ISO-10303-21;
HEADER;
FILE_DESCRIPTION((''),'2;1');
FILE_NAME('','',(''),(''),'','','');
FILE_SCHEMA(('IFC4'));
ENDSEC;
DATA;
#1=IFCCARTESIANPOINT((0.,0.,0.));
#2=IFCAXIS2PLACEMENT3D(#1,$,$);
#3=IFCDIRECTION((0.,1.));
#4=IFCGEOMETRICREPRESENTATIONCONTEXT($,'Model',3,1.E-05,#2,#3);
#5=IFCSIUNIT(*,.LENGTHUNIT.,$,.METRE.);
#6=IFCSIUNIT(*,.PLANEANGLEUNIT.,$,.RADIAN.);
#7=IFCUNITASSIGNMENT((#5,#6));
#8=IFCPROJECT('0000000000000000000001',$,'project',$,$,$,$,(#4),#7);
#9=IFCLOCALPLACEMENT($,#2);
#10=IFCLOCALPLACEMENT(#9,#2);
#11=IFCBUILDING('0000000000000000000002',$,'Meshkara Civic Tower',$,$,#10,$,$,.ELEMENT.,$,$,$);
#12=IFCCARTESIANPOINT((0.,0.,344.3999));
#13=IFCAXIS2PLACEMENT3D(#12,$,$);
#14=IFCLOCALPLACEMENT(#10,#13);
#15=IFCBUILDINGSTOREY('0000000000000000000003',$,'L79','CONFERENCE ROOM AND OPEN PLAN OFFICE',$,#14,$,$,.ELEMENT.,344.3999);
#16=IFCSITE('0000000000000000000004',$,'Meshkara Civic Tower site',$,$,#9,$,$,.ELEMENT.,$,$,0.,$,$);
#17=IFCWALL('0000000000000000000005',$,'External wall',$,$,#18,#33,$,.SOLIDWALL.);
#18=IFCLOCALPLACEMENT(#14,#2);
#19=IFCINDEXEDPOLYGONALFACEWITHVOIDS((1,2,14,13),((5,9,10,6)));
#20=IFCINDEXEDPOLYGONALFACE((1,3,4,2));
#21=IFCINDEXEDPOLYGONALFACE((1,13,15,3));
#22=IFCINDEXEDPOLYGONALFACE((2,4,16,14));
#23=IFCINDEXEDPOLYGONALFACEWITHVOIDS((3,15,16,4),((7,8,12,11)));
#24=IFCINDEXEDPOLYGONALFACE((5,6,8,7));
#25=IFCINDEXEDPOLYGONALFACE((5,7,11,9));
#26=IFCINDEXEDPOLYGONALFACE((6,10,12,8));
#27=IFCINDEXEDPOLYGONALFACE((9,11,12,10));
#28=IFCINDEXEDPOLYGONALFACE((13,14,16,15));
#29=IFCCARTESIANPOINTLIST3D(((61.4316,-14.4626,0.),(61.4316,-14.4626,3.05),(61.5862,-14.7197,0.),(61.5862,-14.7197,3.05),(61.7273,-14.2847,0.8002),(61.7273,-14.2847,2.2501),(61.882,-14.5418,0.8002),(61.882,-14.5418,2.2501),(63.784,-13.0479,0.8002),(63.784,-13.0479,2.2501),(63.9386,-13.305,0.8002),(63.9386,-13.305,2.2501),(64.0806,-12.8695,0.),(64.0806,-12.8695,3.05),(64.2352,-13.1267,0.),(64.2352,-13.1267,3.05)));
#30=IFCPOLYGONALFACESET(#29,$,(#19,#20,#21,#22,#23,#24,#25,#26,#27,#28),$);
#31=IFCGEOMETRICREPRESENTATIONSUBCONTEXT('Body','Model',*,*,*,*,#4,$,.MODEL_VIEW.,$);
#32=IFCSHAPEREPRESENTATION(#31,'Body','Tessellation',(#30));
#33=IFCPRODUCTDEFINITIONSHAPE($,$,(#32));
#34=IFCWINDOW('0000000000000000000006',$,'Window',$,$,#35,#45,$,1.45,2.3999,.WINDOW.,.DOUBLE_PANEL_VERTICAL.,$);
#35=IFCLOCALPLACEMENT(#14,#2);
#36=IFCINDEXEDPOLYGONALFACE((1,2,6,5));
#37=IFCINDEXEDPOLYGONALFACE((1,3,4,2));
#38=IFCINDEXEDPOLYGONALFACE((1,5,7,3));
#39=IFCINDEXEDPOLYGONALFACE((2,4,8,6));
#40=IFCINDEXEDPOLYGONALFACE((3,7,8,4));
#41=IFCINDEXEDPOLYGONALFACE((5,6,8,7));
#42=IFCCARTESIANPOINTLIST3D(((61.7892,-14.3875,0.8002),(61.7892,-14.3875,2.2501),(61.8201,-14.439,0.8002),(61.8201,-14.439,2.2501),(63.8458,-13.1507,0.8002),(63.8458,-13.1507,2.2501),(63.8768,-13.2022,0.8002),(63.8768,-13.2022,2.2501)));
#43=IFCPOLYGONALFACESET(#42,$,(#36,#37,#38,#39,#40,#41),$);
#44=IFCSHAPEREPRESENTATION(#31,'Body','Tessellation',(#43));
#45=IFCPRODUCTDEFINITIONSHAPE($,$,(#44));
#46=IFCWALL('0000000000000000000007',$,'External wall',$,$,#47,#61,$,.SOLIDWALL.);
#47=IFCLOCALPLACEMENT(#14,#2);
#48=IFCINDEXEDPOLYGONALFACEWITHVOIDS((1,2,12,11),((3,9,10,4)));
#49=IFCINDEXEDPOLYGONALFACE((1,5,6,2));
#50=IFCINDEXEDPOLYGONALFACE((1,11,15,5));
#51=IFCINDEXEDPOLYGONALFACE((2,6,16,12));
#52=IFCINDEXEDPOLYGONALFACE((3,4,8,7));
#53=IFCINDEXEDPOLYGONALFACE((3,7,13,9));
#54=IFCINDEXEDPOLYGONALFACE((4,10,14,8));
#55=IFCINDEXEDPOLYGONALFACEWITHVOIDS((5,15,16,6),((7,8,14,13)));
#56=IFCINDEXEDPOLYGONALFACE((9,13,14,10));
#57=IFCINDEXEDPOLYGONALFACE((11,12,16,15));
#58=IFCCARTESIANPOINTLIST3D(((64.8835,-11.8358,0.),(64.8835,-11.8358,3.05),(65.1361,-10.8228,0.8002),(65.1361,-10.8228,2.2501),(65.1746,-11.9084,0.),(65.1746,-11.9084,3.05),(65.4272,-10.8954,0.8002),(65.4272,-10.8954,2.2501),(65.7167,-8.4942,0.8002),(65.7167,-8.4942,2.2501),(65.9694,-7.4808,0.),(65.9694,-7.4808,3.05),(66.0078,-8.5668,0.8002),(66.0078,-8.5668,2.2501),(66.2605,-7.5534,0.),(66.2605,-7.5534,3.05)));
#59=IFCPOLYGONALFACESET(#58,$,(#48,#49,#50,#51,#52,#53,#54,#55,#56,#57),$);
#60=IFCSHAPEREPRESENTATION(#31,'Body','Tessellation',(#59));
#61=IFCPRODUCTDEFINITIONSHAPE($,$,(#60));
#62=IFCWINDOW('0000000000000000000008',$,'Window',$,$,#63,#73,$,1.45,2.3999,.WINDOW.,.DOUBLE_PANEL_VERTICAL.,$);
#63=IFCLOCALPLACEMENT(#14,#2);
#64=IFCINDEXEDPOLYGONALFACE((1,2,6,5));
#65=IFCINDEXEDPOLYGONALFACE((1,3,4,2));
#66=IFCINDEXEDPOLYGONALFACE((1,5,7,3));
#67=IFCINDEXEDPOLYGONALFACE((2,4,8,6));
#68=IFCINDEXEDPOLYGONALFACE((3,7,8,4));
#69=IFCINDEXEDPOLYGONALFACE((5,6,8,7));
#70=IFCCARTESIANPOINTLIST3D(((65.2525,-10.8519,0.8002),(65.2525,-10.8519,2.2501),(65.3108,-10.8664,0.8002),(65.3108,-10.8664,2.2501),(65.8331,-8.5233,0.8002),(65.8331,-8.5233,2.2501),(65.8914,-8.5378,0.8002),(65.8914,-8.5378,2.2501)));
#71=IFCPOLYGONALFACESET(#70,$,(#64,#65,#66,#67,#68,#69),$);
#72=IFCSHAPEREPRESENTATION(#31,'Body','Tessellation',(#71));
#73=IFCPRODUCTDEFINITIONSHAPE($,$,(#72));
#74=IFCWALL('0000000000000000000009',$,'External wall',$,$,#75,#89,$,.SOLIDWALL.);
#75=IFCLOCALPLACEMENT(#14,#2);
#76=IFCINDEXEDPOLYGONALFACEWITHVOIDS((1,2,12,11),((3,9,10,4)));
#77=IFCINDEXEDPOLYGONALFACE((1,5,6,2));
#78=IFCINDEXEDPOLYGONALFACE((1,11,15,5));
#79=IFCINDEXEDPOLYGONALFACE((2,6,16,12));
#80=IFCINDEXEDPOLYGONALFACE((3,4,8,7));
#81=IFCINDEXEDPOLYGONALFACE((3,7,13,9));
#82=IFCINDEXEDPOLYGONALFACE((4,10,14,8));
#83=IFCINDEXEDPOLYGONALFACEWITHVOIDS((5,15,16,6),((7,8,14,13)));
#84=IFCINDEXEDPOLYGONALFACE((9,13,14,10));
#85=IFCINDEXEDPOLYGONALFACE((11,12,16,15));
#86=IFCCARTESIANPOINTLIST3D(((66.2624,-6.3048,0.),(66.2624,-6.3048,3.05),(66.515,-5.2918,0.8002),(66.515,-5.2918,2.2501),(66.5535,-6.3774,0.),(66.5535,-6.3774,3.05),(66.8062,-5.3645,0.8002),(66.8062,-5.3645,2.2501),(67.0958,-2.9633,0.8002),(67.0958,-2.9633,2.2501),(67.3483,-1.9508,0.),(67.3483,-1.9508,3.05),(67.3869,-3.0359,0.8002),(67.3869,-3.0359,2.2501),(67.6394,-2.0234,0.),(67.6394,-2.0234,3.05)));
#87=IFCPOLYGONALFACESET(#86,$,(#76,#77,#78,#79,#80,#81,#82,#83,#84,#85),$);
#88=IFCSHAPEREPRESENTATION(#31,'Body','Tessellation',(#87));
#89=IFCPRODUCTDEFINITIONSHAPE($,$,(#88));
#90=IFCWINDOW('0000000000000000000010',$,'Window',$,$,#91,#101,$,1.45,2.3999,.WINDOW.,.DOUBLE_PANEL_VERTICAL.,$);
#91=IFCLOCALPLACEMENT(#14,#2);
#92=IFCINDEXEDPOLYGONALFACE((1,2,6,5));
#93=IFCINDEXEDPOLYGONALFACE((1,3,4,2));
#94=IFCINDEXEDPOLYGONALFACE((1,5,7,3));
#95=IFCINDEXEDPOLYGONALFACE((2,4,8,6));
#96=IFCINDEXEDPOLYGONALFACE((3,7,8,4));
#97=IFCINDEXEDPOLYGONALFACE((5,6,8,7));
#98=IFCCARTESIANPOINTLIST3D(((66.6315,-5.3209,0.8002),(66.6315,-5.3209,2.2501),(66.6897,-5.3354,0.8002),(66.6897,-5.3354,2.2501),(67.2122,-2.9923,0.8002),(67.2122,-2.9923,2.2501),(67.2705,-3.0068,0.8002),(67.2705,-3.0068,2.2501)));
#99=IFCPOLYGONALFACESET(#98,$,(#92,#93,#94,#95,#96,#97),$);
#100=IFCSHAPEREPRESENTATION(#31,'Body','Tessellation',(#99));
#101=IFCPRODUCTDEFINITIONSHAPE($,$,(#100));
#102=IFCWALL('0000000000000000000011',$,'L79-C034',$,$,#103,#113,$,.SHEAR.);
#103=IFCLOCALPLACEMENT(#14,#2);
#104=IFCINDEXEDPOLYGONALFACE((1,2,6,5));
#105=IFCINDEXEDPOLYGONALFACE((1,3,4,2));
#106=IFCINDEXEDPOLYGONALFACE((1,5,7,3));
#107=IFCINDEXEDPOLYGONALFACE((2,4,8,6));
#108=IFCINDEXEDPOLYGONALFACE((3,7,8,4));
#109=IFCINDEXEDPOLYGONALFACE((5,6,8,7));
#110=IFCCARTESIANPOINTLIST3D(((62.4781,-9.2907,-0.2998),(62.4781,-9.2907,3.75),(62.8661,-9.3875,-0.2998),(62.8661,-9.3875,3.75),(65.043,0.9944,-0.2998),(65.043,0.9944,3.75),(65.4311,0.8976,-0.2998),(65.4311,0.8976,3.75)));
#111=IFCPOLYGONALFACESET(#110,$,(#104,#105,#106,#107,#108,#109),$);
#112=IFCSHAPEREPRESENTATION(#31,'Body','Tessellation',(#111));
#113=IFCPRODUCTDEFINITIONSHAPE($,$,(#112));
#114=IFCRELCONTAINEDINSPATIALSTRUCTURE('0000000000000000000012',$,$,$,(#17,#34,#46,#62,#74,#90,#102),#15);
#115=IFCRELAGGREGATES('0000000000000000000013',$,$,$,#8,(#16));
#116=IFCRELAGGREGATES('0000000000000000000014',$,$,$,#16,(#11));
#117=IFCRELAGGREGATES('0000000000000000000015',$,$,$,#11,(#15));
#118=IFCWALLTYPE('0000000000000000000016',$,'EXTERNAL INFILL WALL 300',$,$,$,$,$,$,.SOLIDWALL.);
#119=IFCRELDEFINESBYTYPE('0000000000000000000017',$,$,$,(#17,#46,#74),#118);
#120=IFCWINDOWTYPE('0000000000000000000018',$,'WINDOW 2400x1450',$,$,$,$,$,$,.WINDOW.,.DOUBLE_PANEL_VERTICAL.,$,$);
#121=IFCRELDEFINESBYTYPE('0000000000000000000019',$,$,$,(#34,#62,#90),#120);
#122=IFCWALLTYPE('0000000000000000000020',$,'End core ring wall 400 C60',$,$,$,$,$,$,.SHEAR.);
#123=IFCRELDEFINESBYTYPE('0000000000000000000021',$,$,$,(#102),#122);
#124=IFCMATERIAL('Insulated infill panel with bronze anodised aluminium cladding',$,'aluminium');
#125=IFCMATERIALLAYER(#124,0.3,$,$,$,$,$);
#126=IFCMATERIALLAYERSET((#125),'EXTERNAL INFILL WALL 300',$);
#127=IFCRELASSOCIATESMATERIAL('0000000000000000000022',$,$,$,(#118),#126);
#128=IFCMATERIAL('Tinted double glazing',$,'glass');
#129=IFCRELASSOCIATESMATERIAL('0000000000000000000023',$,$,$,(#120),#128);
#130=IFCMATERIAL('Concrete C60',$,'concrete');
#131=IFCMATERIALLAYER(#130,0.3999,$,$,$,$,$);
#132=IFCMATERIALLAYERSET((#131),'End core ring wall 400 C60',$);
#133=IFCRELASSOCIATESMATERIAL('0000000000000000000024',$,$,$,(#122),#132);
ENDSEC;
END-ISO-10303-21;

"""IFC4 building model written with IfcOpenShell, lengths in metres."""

from ifc_helpers import new_model, si_unit, direction, frame, frame_2d, origin, place, context, subcontext, project, spatial, rectangle, extrude, material, layer, layer_set, type_object, element, fill, save


model = new_model("IFC4")

# Units and contexts
model_context = context("Model", 3, precision=1e-05, world=origin(), true_north=direction((0.0, 1.0)))
body_context = subcontext(model_context, "Body", "Model", "MODEL_VIEW")
ifc_project = project(units=[si_unit("LENGTHUNIT", "METRE"), si_unit("PLANEANGLEUNIT", "RADIAN")], contexts=[model_context])

# Site, building, storey
site_placement = place(None, origin())
site = spatial("IfcSite", under=ifc_project, at=site_placement, Name="Meshkara Civic Tower site", CompositionType="ELEMENT", RefElevation=0.0)
building_placement = place(site_placement, origin())
building = spatial("IfcBuilding", under=site, at=building_placement, Name="Meshkara Civic Tower", CompositionType="ELEMENT")
storey_placement = place(building_placement, frame((0.0, 0.0, 344.3999)))
storey = spatial("IfcBuildingStorey", under=building, at=storey_placement, Name="L79", Description="CONFERENCE ROOM AND OPEN PLAN OFFICE", CompositionType="ELEMENT", Elevation=344.3999)

# Walls, openings, windows
ifc_material_1 = material(Name="Insulated infill panel with bronze anodised aluminium cladding", Category="aluminium")
ifc_layer_1 = layer(ifc_material_1, 0.3)
ifc_layer_set_1 = layer_set([ifc_layer_1], Name="EXTERNAL INFILL WALL 300")
wall_type_1 = type_object("IfcWallType", Name="EXTERNAL INFILL WALL 300", PredefinedType="SOLIDWALL", material=ifc_layer_set_1)
ifc_material_2 = material(Name="Tinted double glazing", Category="glass")
window_type = type_object("IfcWindowType", Name="WINDOW 2400x1450", PartitioningType="DOUBLE_PANEL_VERTICAL", PredefinedType="WINDOW", material=ifc_material_2)
wall_1_placement = place(storey_placement, frame((61.509, -14.5911, 0.0), z_axis=(0.0, 0.0, 1.0), x_axis=(0.85697, 0.515367, 0.0)))
wall_1 = element("IfcWall", 1, at=wall_1_placement, inside=storey, type_object=wall_type_1, Name="External wall", PredefinedType="SOLIDWALL", context=body_context, shape_type="SweptSolid", body=[
    extrude(rectangle(XDim=3.0911, YDim=0.3, at=frame_2d((1.5454, 0.0))), origin(), (0.0, 0.0, 1.0), 3.05),
])
opening_1_placement = place(wall_1_placement, frame((0.345, 0.0, 0.8)))
opening_1 = element("IfcOpeningElement", 2, at=opening_1_placement, cuts=wall_1, PredefinedType="OPENING", context=body_context, shape_type="SweptSolid", body=[
    extrude(rectangle(XDim=2.3999, YDim=1.45, at=frame_2d((1.2, 0.7251))), frame((0.0, 0.1599, 0.0), z_axis=(0.0, -1.0, 0.0), x_axis=(1.0, 0.0, 0.0)), (0.0, 0.0, 1.0), 0.3201),
])
window_1_placement = place(opening_1_placement, origin())
window_1 = element("IfcWindow", 3, at=window_1_placement, inside=storey, type_object=window_type, Name="Window", OverallHeight=1.45, OverallWidth=2.3999, PartitioningType="DOUBLE_PANEL_VERTICAL", PredefinedType="WINDOW", context=body_context, shape_type="SweptSolid", body=[
    extrude(rectangle(XDim=2.3999, YDim=1.45, at=frame_2d((1.2, 0.7251))), frame((0.0, 0.03, 0.0), z_axis=(0.0, -1.0, 0.0), x_axis=(1.0, 0.0, 0.0)), (0.0, 0.0, 1.0), 0.0601),
])
fill(opening_1, window_1)
wall_2_placement = place(storey_placement, frame((65.0291, -11.8721, 0.0), z_axis=(0.0, 0.0, 1.0), x_axis=(0.241947, 0.97029, 0.0)))
wall_2 = element("IfcWall", 4, at=wall_2_placement, inside=storey, type_object=wall_type_1, Name="External wall", PredefinedType="SOLIDWALL", context=body_context, shape_type="SweptSolid", body=[
    extrude(rectangle(XDim=4.4883, YDim=0.3, at=frame_2d((2.2441, 0.0))), origin(), (0.0, 0.0, 1.0), 3.05),
])
opening_2_placement = place(wall_2_placement, frame((1.0439, 0.0, 0.8)))
opening_2 = element("IfcOpeningElement", 5, at=opening_2_placement, cuts=wall_2, PredefinedType="OPENING", context=body_context, shape_type="SweptSolid", body=[
    extrude(rectangle(XDim=2.3999, YDim=1.45, at=frame_2d((1.2, 0.7251))), frame((0.0, 0.1599, 0.0), z_axis=(0.0, -1.0, 0.0), x_axis=(1.0, 0.0, 0.0)), (0.0, 0.0, 1.0), 0.3201),
])
window_2_placement = place(opening_2_placement, origin())
window_2 = element("IfcWindow", 6, at=window_2_placement, inside=storey, type_object=window_type, Name="Window", OverallHeight=1.45, OverallWidth=2.3999, PartitioningType="DOUBLE_PANEL_VERTICAL", PredefinedType="WINDOW", context=body_context, shape_type="SweptSolid", body=[
    extrude(rectangle(XDim=2.3999, YDim=1.45, at=frame_2d((1.2, 0.7251))), frame((0.0, 0.03, 0.0), z_axis=(0.0, -1.0, 0.0), x_axis=(1.0, 0.0, 0.0)), (0.0, 0.0, 1.0), 0.0601),
])
fill(opening_2, window_2)
wall_3_placement = place(storey_placement, frame((66.408, -6.3411, 0.0), z_axis=(0.0, 0.0, 1.0), x_axis=(0.241998, 0.970277, 0.0)))
wall_3 = element("IfcWall", 7, at=wall_3_placement, inside=storey, type_object=wall_type_1, Name="External wall", PredefinedType="SOLIDWALL", context=body_context, shape_type="SweptSolid", body=[
    extrude(rectangle(XDim=4.4873, YDim=0.3, at=frame_2d((2.2437, 0.0))), origin(), (0.0, 0.0, 1.0), 3.05),
])
opening_3_placement = place(wall_3_placement, frame((1.0439, 0.0, 0.8)))
opening_3 = element("IfcOpeningElement", 8, at=opening_3_placement, cuts=wall_3, PredefinedType="OPENING", context=body_context, shape_type="SweptSolid", body=[
    extrude(rectangle(XDim=2.3999, YDim=1.45, at=frame_2d((1.2, 0.7251))), frame((0.0, 0.1599, 0.0), z_axis=(0.0, -1.0, 0.0), x_axis=(1.0, 0.0, 0.0)), (0.0, 0.0, 1.0), 0.3201),
])
window_3_placement = place(opening_3_placement, origin())
window_3 = element("IfcWindow", 9, at=window_3_placement, inside=storey, type_object=window_type, Name="Window", OverallHeight=1.45, OverallWidth=2.3999, PartitioningType="DOUBLE_PANEL_VERTICAL", PredefinedType="WINDOW", context=body_context, shape_type="SweptSolid", body=[
    extrude(rectangle(XDim=2.3999, YDim=1.45, at=frame_2d((1.2, 0.7251))), frame((0.0, 0.03, 0.0), z_axis=(0.0, -1.0, 0.0), x_axis=(1.0, 0.0, 0.0)), (0.0, 0.0, 1.0), 0.0601),
])
fill(opening_3, window_3)

# Wall
ifc_material_3 = material(Name="Concrete C60", Category="concrete")
ifc_layer_2 = layer(ifc_material_3, 0.3999)
ifc_layer_set_2 = layer_set([ifc_layer_2], Name="End core ring wall 400 C60")
wall_type_2 = type_object("IfcWallType", Name="End core ring wall 400 C60", PredefinedType="SHEAR", material=ifc_layer_set_2)
wall_4_placement = place(storey_placement, frame((62.6721, -9.3391, -0.2998), z_axis=(0.0, 0.0, 1.0), x_axis=(0.241972, 0.970283, 0.0)))
element("IfcWall", 10, at=wall_4_placement, inside=storey, type_object=wall_type_2, Name="L79-C034", PredefinedType="SHEAR", context=body_context, shape_type="SweptSolid", body=[
    extrude(rectangle(XDim=10.6001, YDim=0.3999, at=frame_2d((5.3, 0.0))), origin(), (0.0, 0.0, 1.0), 4.0498),
])

save(model, "model.ifc")
